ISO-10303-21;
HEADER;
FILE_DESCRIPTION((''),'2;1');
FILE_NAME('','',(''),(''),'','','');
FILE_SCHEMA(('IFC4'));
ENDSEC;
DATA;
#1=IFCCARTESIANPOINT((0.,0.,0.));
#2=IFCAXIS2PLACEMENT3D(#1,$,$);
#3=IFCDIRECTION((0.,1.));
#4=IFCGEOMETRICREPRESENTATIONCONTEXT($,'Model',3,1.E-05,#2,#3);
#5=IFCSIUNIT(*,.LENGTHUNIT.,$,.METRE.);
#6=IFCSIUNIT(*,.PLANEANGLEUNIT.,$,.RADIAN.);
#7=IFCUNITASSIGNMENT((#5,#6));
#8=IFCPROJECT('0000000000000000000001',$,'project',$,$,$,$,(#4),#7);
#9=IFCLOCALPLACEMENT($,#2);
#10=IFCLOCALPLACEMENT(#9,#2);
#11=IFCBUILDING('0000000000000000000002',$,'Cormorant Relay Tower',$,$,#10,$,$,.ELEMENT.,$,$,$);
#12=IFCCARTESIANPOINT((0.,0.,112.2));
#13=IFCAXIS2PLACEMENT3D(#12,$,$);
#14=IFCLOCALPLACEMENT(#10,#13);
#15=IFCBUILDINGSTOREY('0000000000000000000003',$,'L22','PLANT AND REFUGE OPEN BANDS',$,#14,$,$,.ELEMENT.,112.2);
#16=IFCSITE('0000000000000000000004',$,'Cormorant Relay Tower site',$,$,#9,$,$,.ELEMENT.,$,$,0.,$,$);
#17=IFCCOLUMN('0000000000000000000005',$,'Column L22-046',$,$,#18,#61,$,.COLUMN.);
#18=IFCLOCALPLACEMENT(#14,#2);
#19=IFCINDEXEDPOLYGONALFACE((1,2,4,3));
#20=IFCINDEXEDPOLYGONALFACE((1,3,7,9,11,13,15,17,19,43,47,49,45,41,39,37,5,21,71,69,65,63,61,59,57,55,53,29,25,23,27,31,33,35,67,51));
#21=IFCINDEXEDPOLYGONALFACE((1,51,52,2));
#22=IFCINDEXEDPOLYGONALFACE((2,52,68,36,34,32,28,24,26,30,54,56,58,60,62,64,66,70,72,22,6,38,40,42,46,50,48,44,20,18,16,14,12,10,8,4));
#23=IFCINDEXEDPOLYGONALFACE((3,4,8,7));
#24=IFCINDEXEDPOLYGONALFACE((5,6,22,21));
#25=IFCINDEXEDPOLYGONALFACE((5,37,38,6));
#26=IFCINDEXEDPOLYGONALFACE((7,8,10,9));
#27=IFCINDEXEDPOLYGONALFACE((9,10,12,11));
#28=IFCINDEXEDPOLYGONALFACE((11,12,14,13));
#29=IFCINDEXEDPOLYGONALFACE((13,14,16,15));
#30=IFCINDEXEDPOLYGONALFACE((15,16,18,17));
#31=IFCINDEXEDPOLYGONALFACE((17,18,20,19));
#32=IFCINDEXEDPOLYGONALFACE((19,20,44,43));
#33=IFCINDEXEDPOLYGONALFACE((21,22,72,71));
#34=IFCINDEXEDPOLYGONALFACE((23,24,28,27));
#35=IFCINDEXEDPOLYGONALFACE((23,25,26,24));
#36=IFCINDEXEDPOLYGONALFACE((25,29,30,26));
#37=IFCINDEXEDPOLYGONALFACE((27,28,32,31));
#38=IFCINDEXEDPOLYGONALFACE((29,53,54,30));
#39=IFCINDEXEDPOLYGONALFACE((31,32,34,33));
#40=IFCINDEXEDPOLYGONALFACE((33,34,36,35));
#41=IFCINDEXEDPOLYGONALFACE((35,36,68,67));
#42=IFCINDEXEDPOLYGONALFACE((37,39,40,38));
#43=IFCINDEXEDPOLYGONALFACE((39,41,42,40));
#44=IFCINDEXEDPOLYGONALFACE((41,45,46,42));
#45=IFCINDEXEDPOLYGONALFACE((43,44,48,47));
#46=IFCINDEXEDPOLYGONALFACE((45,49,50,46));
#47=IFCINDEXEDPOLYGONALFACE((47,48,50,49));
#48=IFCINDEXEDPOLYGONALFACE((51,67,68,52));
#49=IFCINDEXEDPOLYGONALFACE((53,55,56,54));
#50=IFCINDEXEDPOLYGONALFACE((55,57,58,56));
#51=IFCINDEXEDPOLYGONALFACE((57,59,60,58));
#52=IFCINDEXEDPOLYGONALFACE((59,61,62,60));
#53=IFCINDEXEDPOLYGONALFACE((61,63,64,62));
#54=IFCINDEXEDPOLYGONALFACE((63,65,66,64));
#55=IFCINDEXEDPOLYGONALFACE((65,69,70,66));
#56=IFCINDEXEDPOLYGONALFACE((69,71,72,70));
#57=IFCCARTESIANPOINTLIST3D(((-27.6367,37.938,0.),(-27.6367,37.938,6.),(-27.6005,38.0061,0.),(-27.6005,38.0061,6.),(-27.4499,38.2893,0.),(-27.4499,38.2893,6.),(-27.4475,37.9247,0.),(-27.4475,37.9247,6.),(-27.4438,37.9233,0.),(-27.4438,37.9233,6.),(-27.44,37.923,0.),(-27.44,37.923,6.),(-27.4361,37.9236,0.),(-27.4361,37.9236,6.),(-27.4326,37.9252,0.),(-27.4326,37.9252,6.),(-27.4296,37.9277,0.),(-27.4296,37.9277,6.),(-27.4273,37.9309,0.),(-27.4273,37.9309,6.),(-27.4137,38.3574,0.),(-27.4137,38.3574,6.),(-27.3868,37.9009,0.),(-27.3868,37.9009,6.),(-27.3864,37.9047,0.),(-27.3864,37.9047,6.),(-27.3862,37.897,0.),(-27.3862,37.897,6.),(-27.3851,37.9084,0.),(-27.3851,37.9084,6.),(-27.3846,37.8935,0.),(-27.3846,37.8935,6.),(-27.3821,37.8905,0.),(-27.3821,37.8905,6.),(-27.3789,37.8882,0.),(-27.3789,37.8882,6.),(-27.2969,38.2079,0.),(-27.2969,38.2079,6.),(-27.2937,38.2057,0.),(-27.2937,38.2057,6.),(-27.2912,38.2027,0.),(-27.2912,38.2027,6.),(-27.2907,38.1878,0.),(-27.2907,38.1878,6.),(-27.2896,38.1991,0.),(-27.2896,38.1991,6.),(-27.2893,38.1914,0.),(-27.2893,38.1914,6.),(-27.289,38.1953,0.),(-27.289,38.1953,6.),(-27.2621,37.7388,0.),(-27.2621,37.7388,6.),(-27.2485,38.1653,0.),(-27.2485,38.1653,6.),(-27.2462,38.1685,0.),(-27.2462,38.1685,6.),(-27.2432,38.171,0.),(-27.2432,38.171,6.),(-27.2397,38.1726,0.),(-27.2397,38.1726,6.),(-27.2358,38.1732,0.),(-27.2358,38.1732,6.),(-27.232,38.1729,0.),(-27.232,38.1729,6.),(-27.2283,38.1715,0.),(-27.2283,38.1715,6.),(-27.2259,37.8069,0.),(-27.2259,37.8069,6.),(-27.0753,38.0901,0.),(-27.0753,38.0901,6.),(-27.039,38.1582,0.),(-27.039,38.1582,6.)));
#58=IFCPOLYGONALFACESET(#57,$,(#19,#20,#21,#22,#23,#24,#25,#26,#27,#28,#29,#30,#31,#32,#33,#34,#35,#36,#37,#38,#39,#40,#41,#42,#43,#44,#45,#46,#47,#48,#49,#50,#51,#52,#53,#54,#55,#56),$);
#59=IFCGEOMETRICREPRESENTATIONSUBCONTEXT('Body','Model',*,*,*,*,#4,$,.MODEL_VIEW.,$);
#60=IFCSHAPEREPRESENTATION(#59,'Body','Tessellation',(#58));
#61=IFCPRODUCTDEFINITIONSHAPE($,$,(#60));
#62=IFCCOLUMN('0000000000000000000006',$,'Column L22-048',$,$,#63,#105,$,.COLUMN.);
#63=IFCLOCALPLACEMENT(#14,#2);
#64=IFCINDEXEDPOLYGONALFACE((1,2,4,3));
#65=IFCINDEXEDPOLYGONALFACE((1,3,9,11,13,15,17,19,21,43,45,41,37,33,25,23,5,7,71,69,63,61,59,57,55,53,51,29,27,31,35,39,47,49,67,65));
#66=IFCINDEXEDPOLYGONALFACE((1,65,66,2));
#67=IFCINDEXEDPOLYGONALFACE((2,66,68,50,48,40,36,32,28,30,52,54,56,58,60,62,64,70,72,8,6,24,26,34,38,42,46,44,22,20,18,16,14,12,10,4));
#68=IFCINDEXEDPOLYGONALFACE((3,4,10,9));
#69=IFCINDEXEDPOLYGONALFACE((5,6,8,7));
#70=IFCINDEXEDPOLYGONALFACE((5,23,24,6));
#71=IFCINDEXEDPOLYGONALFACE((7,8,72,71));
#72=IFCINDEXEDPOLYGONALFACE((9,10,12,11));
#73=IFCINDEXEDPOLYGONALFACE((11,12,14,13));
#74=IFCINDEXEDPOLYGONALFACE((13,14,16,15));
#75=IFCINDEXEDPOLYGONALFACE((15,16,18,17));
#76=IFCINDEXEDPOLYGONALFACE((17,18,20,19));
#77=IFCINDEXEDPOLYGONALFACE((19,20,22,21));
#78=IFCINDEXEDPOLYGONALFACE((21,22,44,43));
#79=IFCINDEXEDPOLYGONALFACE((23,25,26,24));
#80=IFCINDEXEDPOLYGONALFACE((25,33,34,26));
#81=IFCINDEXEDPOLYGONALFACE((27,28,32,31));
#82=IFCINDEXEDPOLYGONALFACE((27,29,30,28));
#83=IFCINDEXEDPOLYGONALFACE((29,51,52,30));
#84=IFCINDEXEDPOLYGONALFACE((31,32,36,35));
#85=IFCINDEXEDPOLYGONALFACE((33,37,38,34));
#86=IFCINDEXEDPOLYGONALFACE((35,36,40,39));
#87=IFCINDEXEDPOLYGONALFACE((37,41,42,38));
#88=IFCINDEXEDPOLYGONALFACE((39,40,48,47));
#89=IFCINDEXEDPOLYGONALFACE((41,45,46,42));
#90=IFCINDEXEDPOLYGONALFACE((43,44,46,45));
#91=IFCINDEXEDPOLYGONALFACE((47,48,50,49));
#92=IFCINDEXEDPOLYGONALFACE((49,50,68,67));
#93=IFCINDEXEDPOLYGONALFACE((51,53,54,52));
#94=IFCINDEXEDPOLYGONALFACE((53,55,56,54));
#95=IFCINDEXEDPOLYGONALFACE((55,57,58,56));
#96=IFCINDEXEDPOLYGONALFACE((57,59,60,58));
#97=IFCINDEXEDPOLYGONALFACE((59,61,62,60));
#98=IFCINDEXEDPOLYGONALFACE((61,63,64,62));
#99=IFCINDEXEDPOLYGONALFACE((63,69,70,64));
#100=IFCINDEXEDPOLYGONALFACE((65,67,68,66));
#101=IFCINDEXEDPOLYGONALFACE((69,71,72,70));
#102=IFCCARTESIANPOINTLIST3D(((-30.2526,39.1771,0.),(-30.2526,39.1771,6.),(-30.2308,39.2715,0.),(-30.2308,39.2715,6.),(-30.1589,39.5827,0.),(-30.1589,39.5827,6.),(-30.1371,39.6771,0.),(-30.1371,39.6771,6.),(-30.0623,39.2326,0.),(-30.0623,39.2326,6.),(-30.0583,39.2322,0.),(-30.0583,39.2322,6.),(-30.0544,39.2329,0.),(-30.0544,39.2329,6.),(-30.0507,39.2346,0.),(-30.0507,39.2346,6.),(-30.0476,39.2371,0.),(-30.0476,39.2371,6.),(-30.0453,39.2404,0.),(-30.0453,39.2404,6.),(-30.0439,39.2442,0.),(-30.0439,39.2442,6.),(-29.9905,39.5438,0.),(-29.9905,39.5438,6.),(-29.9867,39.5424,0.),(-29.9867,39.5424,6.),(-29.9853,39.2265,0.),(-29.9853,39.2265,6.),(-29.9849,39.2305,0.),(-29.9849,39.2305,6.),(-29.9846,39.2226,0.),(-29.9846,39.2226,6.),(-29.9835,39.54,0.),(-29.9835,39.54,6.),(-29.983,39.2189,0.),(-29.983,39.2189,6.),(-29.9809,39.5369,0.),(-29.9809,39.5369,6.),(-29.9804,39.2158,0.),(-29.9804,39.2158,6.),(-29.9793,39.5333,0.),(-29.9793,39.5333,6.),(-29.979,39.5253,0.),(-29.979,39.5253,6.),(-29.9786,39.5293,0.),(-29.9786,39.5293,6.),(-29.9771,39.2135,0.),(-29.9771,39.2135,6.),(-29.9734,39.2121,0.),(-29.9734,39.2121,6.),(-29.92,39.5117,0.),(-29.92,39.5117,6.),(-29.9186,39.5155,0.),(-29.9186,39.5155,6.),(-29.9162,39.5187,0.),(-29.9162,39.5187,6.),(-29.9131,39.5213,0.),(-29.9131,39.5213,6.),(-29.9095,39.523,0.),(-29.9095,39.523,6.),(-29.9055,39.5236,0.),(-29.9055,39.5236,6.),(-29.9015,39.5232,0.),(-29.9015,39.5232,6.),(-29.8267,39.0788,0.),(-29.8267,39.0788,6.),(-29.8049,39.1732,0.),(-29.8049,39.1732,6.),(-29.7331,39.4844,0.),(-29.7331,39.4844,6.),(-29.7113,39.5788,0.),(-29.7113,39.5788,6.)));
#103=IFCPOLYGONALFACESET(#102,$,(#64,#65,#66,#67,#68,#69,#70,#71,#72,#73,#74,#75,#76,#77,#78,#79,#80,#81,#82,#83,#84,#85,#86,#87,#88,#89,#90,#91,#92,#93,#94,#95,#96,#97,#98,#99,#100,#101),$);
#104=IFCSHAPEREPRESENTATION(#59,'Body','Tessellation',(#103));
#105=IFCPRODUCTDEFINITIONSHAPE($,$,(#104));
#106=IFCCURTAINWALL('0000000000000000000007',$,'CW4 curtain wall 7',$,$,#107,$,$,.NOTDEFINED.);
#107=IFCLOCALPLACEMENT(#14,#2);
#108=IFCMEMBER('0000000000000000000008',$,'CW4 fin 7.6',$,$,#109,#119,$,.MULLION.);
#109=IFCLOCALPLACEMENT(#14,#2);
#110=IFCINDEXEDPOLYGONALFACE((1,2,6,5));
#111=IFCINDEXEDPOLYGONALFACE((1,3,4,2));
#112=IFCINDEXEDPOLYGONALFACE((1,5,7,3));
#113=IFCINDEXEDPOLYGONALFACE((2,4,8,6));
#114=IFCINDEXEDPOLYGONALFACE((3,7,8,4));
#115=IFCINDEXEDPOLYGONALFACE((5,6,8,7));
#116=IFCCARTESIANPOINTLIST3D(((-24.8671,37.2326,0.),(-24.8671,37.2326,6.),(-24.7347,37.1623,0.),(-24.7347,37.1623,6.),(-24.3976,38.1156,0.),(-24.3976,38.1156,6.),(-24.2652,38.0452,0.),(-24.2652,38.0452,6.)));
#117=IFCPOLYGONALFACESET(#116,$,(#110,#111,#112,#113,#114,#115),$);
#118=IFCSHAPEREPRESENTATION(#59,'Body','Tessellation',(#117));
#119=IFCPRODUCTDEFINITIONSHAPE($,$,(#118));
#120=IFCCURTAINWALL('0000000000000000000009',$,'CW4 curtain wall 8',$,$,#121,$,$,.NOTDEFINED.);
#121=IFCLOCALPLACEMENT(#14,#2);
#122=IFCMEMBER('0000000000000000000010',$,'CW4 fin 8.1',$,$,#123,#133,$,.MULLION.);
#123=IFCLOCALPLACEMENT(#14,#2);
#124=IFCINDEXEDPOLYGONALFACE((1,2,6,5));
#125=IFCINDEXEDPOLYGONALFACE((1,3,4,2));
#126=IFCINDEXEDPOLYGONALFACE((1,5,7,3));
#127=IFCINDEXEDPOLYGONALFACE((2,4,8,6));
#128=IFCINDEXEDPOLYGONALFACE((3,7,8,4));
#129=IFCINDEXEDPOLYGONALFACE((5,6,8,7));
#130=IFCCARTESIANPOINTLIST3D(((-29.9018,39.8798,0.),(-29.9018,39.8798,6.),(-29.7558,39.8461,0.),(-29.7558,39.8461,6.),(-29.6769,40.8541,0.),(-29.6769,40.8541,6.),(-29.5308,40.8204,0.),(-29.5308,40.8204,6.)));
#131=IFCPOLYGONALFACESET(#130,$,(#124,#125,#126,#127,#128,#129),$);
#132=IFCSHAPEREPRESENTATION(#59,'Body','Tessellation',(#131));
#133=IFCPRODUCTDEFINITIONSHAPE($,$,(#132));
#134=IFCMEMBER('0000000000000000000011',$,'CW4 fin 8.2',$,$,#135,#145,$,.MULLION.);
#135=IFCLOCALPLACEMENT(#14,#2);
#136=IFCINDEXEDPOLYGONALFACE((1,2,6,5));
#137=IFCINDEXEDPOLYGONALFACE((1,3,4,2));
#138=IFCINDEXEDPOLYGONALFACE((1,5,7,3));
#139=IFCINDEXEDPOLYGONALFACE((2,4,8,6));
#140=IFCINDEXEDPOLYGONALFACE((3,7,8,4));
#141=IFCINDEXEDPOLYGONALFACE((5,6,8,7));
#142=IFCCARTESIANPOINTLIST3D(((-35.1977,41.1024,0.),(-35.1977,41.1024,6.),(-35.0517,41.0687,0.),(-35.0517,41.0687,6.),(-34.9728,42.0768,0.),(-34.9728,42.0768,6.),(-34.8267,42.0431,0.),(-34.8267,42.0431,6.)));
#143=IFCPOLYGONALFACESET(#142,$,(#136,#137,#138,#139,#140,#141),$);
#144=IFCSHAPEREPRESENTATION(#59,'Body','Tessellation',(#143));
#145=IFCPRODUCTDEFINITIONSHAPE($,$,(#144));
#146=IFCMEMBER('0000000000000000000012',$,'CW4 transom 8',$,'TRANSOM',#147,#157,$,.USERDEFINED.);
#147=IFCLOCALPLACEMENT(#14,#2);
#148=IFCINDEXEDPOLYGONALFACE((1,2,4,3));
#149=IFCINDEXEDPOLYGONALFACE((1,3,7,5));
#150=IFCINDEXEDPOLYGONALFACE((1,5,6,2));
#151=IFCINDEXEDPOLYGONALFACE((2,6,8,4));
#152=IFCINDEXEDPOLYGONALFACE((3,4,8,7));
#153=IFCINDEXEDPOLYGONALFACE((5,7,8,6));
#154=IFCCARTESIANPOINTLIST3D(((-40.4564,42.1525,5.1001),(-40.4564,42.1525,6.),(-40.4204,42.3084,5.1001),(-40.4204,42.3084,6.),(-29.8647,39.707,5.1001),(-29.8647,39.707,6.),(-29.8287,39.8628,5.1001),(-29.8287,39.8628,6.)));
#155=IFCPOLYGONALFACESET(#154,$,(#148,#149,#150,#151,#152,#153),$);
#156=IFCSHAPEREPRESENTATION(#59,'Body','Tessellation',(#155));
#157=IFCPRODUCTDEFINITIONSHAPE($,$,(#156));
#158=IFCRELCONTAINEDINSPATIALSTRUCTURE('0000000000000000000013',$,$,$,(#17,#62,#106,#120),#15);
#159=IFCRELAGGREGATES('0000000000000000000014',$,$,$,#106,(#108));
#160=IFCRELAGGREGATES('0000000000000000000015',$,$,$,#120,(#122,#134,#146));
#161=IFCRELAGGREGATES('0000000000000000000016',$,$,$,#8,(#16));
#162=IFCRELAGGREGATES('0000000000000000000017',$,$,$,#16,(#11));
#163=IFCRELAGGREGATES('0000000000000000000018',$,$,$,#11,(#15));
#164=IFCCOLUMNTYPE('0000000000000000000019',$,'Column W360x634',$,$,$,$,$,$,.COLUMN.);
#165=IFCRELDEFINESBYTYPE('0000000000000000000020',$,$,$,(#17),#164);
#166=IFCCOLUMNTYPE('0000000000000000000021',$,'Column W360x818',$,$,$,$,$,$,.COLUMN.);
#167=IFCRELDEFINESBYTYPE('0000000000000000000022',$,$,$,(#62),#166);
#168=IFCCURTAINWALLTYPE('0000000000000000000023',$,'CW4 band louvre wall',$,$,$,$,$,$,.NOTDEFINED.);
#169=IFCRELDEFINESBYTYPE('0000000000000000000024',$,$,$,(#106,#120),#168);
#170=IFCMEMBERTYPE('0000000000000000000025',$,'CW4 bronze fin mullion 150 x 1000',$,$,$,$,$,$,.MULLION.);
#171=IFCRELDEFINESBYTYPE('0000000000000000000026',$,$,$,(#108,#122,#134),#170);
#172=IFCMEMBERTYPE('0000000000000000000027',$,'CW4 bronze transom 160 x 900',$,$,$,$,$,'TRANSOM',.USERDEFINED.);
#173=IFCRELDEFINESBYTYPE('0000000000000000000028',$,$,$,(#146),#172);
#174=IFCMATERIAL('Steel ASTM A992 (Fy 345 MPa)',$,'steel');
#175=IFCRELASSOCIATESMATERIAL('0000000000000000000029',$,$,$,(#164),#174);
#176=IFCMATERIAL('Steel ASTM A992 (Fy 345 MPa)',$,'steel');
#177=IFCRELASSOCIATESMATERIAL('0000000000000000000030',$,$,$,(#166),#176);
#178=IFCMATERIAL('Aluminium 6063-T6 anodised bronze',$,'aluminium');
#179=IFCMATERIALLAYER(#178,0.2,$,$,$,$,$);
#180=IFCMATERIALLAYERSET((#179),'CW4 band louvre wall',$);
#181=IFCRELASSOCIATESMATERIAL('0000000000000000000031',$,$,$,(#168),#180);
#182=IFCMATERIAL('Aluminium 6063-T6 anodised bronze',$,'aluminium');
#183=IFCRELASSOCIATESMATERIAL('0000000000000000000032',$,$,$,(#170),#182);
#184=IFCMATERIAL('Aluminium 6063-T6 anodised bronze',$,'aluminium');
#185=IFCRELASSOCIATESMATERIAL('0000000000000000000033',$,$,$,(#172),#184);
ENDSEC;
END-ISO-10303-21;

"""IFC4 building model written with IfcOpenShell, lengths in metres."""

from ifc_helpers import new_model, si_unit, direction, frame, origin, origin_2d, place, context, subcontext, project, spatial, rectangle, i_section, extrude, material, layer, layer_set, material_profile, profile_set, type_object, element, aggregate, save


model = new_model("IFC4")

# Units and contexts
model_context = context("Model", 3, precision=1e-05, world=origin(), true_north=direction((0.0, 1.0)))
body_context = subcontext(model_context, "Body", "Model", "MODEL_VIEW")
ifc_project = project(units=[si_unit("LENGTHUNIT", "METRE"), si_unit("PLANEANGLEUNIT", "RADIAN")], contexts=[model_context])

# Site, building, storey
site_placement = place(None, origin())
site = spatial("IfcSite", under=ifc_project, at=site_placement, Name="Cormorant Relay Tower site", CompositionType="ELEMENT", RefElevation=0.0)
building_placement = place(site_placement, origin())
building = spatial("IfcBuilding", under=site, at=building_placement, Name="Cormorant Relay Tower", CompositionType="ELEMENT")
storey_placement = place(building_placement, frame((0.0, 0.0, 112.2)))
storey = spatial("IfcBuildingStorey", under=building, at=storey_placement, Name="L22", Description="PLANT AND REFUGE OPEN BANDS", CompositionType="ELEMENT", Elevation=112.2)

# Columns
ifc_material_1 = material(Name="Steel ASTM A992 (Fy 345 MPa)", Category="steel")
ifc_material_profile_1 = material_profile(ifc_material_1, i_section(OverallWidth=0.4243, OverallDepth=0.4751, WebThickness=0.0479, FlangeThickness=0.0771, FilletRadius=0.0149, at=origin_2d()), Name="W360x634")
ifc_profile_set_1 = profile_set([ifc_material_profile_1], Name="Steel ASTM A992 (Fy 345 MPa)")
column_type_1 = type_object("IfcColumnType", Name="Column W360x634", PredefinedType="COLUMN", material=ifc_profile_set_1)
column_1_placement = place(storey_placement, frame((-27.3379, 38.0481, 0.0), z_axis=(0.0, 0.0, 1.0), x_axis=(-0.882948, 0.469472, 0.0)))
element("IfcColumn", 1, at=column_1_placement, inside=storey, type_object=column_type_1, Name="Column L22-046", PredefinedType="COLUMN", context=body_context, shape_type="SweptSolid", body=[
    extrude(i_section(OverallWidth=0.4243, OverallDepth=0.4751, WebThickness=0.0479, FlangeThickness=0.0771, FilletRadius=0.0149, at=origin_2d()), origin(), (0.0, 0.0, 1.0), 6.0),
])
ifc_material_2 = material(Name="Steel ASTM A992 (Fy 345 MPa)", Category="steel")
ifc_material_profile_2 = material_profile(ifc_material_2, i_section(OverallWidth=0.437, OverallDepth=0.5132, WebThickness=0.0605, FlangeThickness=0.0969, FilletRadius=0.0154, at=origin_2d()), Name="W360x818")
ifc_profile_set_2 = profile_set([ifc_material_profile_2], Name="Steel ASTM A992 (Fy 345 MPa)")
column_type_2 = type_object("IfcColumnType", Name="Column W360x818", PredefinedType="COLUMN", material=ifc_profile_set_2)
column_2_placement = place(storey_placement, frame((-29.9819, 39.3779, 0.0), z_axis=(0.0, 0.0, 1.0), x_axis=(-0.97437, 0.224951, 0.0)))
element("IfcColumn", 2, at=column_2_placement, inside=storey, type_object=column_type_2, Name="Column L22-048", PredefinedType="COLUMN", context=body_context, shape_type="SweptSolid", body=[
    extrude(i_section(OverallWidth=0.437, OverallDepth=0.5132, WebThickness=0.0605, FlangeThickness=0.0969, FilletRadius=0.0154, at=origin_2d()), origin(), (0.0, 0.0, 1.0), 6.0),
])

# Curtain wall, member
ifc_material_3 = material(Name="Aluminium 6063-T6 anodised bronze", Category="aluminium")
ifc_layer_1 = layer(ifc_material_3, 0.2)
ifc_layer_set_1 = layer_set([ifc_layer_1], Name="CW4 band louvre wall")
curtain_wall_type = type_object("IfcCurtainWallType", Name="CW4 band louvre wall", PredefinedType="NOTDEFINED", material=ifc_layer_set_1)
curtain_wall_1_placement = place(storey_placement, origin())
curtain_wall_1 = element("IfcCurtainWall", 3, at=curtain_wall_1_placement, inside=storey, type_object=curtain_wall_type, Name="CW4 curtain wall 7", PredefinedType="NOTDEFINED")
ifc_material_4 = material(Name="Aluminium 6063-T6 anodised bronze", Category="aluminium")
ifc_material_profile_3 = material_profile(ifc_material_4, rectangle(XDim=0.1499, YDim=1.0, at=origin_2d()), Name="AL 150x1000")
ifc_profile_set_3 = profile_set([ifc_material_profile_3], Name="Aluminium 6063-T6 anodised bronze")
member_type_1 = type_object("IfcMemberType", Name="CW4 bronze fin mullion 150 x 1000", PredefinedType="MULLION", material=ifc_profile_set_3)
member_1_placement = place(storey_placement, frame((-24.5662, 37.6389, 0.0), z_axis=(0.0, 0.0, 1.0), x_axis=(-0.882948, 0.469472, 0.0)))
member_1 = element("IfcMember", 4, at=member_1_placement, type_object=member_type_1, Name="CW4 fin 7.6", PredefinedType="MULLION", context=body_context, shape_type="SweptSolid", body=[
    extrude(rectangle(XDim=0.1499, YDim=1.0, at=origin_2d()), origin(), (0.0, 0.0, 1.0), 6.0),
])

# Curtain wall, members
curtain_wall_2_placement = place(storey_placement, origin())
curtain_wall_2 = element("IfcCurtainWall", 5, at=curtain_wall_2_placement, inside=storey, type_object=curtain_wall_type, Name="CW4 curtain wall 8", PredefinedType="NOTDEFINED")
member_2_placement = place(storey_placement, frame((-29.7163, 40.3501, 0.0), z_axis=(0.0, 0.0, 1.0), x_axis=(-0.97437, 0.224951, 0.0)))
member_2 = element("IfcMember", 6, at=member_2_placement, type_object=member_type_1, Name="CW4 fin 8.1", PredefinedType="MULLION", context=body_context, shape_type="SweptSolid", body=[
    extrude(rectangle(XDim=0.1499, YDim=1.0, at=origin_2d()), origin(), (0.0, 0.0, 1.0), 6.0),
])
member_3_placement = place(storey_placement, frame((-35.0122, 41.5728, 0.0), z_axis=(0.0, 0.0, 1.0), x_axis=(-0.97437, 0.224951, 0.0)))
member_3 = element("IfcMember", 7, at=member_3_placement, type_object=member_type_1, Name="CW4 fin 8.2", PredefinedType="MULLION", context=body_context, shape_type="SweptSolid", body=[
    extrude(rectangle(XDim=0.1499, YDim=1.0, at=origin_2d()), origin(), (0.0, 0.0, 1.0), 6.0),
])
ifc_material_5 = material(Name="Aluminium 6063-T6 anodised bronze", Category="aluminium")
ifc_material_profile_4 = material_profile(ifc_material_5, rectangle(XDim=0.1599, YDim=0.8999, at=origin_2d()), Name="AL 160x900")
ifc_profile_set_4 = profile_set([ifc_material_profile_4], Name="Aluminium 6063-T6 anodised bronze")
member_type_2 = type_object("IfcMemberType", Name="CW4 bronze transom 160 x 900", ElementType="TRANSOM", PredefinedType="USERDEFINED", material=ifc_profile_set_4)
member_4_placement = place(storey_placement, frame((-29.8467, 39.7849, 5.55), z_axis=(-0.974365, 0.224973, 0.0), x_axis=(-0.224973, -0.974365, 0.0)))
member_4 = element("IfcMember", 8, at=member_4_placement, type_object=member_type_2, Name="CW4 transom 8", ObjectType="TRANSOM", PredefinedType="USERDEFINED", context=body_context, shape_type="SweptSolid", body=[
    extrude(rectangle(XDim=0.1599, YDim=0.8999, at=origin_2d()), origin(), (0.0, 0.0, 1.0), 10.8704),
])

aggregate(curtain_wall_1, [member_1])
aggregate(curtain_wall_2, [member_2, member_3, member_4])

save(model, "model.ifc")
